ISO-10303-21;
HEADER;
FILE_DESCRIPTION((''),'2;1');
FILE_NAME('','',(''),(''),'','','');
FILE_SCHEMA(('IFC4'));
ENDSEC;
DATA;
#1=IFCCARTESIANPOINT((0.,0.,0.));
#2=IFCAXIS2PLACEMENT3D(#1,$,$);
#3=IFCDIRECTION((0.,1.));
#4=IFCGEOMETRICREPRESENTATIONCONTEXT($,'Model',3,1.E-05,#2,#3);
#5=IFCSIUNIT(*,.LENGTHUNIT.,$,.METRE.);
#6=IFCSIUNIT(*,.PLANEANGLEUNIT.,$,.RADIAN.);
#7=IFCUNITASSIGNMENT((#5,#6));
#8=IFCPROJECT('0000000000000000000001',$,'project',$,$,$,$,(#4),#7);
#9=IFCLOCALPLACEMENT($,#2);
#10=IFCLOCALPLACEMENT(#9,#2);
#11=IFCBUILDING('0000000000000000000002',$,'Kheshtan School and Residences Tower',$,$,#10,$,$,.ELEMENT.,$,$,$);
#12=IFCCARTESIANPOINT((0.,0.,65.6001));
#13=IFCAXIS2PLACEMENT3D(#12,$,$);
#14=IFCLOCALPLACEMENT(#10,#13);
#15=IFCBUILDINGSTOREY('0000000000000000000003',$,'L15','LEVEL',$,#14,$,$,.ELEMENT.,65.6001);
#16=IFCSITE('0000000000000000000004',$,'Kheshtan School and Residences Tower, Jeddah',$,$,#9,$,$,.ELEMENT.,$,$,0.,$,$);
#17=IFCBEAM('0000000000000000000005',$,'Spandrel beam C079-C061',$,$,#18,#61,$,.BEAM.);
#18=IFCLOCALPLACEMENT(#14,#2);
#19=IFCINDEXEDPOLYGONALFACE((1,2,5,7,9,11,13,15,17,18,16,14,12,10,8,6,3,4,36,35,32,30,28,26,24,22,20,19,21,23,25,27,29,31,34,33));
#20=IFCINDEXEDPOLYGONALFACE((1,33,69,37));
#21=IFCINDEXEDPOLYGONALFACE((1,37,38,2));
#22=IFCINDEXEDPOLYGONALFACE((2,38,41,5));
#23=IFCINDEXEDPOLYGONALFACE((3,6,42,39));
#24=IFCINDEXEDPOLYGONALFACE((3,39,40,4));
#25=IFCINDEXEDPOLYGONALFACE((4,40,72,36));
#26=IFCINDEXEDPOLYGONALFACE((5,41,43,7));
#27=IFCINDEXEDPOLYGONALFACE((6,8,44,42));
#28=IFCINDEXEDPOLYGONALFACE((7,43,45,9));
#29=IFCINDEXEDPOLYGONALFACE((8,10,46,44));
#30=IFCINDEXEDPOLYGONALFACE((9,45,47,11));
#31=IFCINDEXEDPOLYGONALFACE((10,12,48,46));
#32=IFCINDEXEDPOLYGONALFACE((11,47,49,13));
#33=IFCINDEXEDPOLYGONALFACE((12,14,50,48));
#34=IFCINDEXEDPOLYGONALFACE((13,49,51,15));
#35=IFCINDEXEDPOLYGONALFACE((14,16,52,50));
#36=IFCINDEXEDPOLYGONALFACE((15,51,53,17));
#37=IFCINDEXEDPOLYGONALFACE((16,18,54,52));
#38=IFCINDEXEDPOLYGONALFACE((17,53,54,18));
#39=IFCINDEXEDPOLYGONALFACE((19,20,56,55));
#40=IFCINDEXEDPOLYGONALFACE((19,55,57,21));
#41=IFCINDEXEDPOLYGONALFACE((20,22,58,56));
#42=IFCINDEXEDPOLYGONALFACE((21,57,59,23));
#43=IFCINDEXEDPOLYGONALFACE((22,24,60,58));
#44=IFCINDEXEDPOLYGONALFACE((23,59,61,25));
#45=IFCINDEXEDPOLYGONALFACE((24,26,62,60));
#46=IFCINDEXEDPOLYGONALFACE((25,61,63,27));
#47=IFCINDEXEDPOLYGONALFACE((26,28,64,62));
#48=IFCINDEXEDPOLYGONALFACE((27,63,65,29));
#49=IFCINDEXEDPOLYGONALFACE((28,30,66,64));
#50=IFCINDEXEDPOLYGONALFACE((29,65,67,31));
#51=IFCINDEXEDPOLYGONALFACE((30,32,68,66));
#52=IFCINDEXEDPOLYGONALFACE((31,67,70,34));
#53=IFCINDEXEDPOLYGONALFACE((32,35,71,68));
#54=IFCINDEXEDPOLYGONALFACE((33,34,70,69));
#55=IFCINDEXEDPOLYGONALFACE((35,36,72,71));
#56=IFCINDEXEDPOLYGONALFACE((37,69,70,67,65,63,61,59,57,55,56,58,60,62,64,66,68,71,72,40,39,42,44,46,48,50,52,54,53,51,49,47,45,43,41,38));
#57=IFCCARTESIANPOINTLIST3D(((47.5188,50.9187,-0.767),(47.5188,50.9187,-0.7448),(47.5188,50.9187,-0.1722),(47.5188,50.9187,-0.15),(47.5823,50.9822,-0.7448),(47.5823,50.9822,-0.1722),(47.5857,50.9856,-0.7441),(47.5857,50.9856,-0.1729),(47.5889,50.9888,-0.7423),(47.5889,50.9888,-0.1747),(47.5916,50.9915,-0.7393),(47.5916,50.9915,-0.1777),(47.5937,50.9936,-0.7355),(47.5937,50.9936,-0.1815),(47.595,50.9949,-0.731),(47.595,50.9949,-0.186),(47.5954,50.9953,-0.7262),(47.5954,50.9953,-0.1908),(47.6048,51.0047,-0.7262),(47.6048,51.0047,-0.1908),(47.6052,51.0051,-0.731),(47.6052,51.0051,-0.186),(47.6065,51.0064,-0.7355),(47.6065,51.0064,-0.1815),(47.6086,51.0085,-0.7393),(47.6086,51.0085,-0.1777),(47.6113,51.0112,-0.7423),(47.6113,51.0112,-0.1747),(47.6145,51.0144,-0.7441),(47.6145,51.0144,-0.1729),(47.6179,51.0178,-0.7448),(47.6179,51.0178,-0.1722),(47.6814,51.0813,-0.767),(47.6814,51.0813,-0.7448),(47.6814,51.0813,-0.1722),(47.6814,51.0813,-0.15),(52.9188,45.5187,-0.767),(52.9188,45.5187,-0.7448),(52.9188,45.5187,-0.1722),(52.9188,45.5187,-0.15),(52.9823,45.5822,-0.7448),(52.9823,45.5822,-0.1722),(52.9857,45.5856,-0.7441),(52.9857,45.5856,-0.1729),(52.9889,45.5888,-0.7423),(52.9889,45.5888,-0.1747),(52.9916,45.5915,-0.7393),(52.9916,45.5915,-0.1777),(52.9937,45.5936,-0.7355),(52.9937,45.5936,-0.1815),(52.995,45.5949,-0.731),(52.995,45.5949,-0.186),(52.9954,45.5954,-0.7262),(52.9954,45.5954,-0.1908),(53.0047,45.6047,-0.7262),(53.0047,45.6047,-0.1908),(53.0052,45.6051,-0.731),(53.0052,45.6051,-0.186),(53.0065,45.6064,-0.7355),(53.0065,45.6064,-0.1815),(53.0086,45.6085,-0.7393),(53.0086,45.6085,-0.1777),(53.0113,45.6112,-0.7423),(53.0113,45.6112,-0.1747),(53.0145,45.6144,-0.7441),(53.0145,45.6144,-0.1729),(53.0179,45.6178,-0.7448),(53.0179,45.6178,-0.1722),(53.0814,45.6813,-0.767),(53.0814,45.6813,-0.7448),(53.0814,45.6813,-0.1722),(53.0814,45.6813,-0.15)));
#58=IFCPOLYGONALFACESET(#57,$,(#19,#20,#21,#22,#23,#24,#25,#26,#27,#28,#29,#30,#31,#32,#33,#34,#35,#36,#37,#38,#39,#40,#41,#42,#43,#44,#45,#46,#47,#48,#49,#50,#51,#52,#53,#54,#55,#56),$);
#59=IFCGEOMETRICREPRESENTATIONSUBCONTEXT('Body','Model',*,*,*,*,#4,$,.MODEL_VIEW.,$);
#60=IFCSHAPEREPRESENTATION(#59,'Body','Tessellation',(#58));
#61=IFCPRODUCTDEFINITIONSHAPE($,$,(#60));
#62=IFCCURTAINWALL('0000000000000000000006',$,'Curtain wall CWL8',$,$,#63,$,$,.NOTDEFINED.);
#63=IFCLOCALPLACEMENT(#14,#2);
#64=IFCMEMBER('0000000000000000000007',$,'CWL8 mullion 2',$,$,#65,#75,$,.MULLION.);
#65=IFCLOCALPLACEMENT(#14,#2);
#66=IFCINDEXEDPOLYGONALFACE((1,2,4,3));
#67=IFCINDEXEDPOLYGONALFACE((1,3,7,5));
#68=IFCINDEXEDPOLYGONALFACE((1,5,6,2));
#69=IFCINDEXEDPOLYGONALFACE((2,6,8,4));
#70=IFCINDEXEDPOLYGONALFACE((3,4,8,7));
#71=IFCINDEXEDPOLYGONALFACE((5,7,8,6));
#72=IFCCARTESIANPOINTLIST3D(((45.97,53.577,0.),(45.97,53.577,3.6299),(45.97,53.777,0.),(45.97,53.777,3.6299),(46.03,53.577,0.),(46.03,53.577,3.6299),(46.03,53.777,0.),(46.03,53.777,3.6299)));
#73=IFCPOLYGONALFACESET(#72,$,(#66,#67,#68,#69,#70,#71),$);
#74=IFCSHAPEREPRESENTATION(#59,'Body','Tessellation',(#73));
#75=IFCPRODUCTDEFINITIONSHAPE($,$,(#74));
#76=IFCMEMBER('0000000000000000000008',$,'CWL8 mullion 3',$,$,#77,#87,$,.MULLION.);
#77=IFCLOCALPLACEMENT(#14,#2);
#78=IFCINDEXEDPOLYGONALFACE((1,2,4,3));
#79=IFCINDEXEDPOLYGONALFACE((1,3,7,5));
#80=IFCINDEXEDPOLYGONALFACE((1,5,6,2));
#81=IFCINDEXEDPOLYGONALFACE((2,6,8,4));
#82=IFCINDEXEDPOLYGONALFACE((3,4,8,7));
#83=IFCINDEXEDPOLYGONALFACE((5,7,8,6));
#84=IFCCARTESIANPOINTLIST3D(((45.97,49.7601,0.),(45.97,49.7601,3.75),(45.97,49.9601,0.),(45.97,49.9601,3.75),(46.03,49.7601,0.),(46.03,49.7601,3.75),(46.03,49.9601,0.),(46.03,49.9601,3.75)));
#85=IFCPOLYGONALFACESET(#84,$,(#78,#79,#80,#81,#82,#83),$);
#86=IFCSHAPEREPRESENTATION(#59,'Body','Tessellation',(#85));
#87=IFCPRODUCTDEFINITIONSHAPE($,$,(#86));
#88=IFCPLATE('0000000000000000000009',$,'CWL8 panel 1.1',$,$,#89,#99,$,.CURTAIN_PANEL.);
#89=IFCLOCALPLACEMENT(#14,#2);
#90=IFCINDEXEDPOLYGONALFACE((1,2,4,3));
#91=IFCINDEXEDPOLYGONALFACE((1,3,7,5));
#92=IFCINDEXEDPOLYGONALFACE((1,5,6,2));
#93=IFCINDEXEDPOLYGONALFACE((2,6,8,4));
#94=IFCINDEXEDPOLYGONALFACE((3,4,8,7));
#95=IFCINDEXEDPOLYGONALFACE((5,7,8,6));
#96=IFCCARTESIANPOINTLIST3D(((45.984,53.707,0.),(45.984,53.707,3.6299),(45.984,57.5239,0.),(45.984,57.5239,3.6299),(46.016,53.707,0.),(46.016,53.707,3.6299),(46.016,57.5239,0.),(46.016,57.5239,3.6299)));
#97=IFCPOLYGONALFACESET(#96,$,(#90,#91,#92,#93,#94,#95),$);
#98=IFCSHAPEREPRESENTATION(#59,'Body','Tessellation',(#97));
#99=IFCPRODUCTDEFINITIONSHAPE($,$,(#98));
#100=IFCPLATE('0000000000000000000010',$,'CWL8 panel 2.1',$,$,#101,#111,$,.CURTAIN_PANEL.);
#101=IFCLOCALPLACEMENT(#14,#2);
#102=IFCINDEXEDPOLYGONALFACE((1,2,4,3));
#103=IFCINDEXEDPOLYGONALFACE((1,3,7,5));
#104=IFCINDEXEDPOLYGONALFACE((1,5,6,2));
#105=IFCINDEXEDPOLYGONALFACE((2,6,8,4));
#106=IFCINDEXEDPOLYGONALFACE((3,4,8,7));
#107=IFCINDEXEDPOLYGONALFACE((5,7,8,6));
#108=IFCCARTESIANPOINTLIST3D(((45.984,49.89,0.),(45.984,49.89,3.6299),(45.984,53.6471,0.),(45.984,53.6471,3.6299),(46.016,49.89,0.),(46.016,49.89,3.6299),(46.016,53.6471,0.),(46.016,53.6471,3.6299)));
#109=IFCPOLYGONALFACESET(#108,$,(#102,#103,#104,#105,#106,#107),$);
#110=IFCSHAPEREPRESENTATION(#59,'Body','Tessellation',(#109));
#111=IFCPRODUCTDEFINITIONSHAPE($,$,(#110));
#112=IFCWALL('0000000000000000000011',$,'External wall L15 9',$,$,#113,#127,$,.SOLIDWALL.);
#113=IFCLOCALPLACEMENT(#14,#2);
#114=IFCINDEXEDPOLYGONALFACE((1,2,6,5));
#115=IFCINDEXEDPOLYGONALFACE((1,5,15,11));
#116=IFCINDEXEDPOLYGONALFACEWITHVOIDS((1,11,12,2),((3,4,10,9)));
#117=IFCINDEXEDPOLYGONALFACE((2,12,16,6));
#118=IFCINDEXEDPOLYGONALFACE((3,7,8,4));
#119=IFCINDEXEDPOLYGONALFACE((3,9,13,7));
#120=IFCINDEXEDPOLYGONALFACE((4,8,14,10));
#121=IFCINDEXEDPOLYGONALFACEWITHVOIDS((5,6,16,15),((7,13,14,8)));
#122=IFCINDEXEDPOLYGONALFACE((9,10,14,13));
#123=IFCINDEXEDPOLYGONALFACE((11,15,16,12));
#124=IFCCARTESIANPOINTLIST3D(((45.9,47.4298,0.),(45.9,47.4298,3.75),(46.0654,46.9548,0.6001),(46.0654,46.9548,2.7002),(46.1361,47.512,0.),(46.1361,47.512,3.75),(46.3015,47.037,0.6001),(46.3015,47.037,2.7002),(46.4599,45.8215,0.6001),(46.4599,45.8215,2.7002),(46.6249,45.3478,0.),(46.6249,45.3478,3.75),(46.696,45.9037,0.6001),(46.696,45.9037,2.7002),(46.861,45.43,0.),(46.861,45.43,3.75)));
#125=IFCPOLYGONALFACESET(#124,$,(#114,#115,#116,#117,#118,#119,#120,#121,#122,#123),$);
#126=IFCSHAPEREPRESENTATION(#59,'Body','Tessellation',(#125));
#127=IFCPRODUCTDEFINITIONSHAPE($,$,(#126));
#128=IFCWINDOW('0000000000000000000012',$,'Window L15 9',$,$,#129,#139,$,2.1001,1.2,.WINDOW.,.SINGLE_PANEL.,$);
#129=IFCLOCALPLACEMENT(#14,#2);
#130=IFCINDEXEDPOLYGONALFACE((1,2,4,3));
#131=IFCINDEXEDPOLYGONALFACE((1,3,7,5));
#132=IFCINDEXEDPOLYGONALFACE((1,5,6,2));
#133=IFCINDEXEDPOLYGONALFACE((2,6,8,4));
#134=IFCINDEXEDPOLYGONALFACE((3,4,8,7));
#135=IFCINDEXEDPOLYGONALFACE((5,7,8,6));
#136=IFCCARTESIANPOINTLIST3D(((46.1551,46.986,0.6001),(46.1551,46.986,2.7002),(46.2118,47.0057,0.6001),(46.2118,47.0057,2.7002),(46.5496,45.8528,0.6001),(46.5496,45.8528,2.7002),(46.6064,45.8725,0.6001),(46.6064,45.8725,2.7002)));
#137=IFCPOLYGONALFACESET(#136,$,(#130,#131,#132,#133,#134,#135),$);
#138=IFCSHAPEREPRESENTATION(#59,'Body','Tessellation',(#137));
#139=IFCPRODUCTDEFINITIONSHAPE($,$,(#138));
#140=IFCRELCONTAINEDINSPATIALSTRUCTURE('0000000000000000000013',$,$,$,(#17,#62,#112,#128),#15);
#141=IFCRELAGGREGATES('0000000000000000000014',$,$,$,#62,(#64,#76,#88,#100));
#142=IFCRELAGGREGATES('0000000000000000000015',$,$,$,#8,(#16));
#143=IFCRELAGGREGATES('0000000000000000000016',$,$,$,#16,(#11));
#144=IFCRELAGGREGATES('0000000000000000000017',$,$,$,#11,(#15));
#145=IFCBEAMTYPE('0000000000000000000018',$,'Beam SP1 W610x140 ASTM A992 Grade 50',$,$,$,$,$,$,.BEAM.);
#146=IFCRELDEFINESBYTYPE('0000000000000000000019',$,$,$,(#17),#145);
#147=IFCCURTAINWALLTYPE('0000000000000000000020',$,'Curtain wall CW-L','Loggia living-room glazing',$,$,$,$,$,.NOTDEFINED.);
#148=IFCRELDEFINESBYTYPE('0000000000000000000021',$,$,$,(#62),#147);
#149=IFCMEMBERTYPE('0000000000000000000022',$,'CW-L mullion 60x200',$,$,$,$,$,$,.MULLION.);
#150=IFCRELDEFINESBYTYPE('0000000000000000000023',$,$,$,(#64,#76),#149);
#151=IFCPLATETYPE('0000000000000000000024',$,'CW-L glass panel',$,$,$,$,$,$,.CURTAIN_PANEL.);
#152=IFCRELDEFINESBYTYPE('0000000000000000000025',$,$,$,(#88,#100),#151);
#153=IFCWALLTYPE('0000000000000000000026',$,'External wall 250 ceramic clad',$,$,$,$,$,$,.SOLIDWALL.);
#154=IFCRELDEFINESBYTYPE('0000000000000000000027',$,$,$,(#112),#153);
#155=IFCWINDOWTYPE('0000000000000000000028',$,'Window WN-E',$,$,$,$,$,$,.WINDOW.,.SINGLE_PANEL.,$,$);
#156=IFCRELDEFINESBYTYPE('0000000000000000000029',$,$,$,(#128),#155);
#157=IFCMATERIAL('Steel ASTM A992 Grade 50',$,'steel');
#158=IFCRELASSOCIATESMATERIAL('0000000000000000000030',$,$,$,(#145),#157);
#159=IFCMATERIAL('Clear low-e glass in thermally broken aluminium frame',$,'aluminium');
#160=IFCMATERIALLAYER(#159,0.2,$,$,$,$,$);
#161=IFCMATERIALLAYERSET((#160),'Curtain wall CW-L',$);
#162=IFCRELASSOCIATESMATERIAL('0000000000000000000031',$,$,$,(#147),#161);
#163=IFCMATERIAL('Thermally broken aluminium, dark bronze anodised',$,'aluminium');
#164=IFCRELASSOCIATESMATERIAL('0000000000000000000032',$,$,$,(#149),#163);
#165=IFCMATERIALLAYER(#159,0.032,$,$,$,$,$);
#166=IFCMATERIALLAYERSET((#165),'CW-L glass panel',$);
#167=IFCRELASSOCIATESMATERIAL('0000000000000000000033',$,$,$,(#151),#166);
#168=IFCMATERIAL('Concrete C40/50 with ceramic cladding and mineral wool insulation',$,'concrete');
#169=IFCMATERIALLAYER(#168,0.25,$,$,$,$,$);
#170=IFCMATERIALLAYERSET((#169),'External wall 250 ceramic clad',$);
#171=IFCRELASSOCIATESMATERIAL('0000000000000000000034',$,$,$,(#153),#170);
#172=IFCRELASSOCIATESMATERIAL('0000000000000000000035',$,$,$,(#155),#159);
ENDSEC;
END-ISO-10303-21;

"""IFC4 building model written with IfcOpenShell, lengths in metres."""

from ifc_helpers import new_model, si_unit, direction, frame, frame_2d, origin, origin_2d, place, context, subcontext, project, spatial, rectangle, i_section, extrude, source, transform, mapped, material, layer, layer_set, material_profile, profile_set, type_object, element, fill, aggregate, save


model = new_model("IFC4")

# Units and contexts
model_context = context("Model", 3, precision=1e-05, world=origin(), true_north=direction((0.0, 1.0)))
body_context = subcontext(model_context, "Body", "Model", "MODEL_VIEW")
ifc_project = project(units=[si_unit("LENGTHUNIT", "METRE"), si_unit("PLANEANGLEUNIT", "RADIAN")], contexts=[model_context])

# Site, building, storey
site_placement = place(None, origin())
site = spatial("IfcSite", under=ifc_project, at=site_placement, Name="Kheshtan School and Residences Tower, Jeddah", CompositionType="ELEMENT", RefElevation=0.0)
building_placement = place(site_placement, origin())
building = spatial("IfcBuilding", under=site, at=building_placement, Name="Kheshtan School and Residences Tower", CompositionType="ELEMENT")
storey_placement = place(building_placement, frame((0.0, 0.0, 65.6001)))
storey = spatial("IfcBuildingStorey", under=building, at=storey_placement, Name="L15", Description="LEVEL", CompositionType="ELEMENT", Elevation=65.6001)

# Shared definitions
ifc_material_1 = material(Name="Steel ASTM A992 Grade 50", Category="steel")

# Beam
ifc_material_profile_1 = material_profile(ifc_material_1, i_section(OverallWidth=0.23, OverallDepth=0.6169, WebThickness=0.0132, FlangeThickness=0.0222, FilletRadius=0.0186, at=origin_2d()), Name="W610x140")
ifc_profile_set_1 = profile_set([ifc_material_profile_1], Name="Steel ASTM A992 Grade 50")
beam_type = type_object("IfcBeamType", Name="Beam SP1 W610x140 ASTM A992 Grade 50", PredefinedType="BEAM", material=ifc_profile_set_1)
beam_placement = place(storey_placement, frame((47.6001, 51.0, -0.4585), z_axis=(0.707107, -0.707107, 0.0), x_axis=(0.707107, 0.707107, 0.0)))
element("IfcBeam", 1, at=beam_placement, inside=storey, type_object=beam_type, Name="Spandrel beam C079-C061", PredefinedType="BEAM", context=body_context, shape_type="SweptSolid", body=[
    extrude(i_section(OverallWidth=0.23, OverallDepth=0.6169, WebThickness=0.0132, FlangeThickness=0.0222, FilletRadius=0.0186, at=origin_2d()), origin(), (0.0, 0.0, 1.0), 7.6367),
])

# Curtain wall, members, plates
ifc_material_2 = material(Name="Clear low-e glass in thermally broken aluminium frame", Category="aluminium")
ifc_layer_1 = layer(ifc_material_2, 0.2)
ifc_layer_set_1 = layer_set([ifc_layer_1], Name="Curtain wall CW-L")
curtain_wall_type = type_object("IfcCurtainWallType", Name="Curtain wall CW-L", Description="Loggia living-room glazing", PredefinedType="NOTDEFINED", material=ifc_layer_set_1)
curtain_wall_placement = place(storey_placement, origin())
curtain_wall = element("IfcCurtainWall", 2, at=curtain_wall_placement, inside=storey, type_object=curtain_wall_type, Name="Curtain wall CWL8", PredefinedType="NOTDEFINED")
ifc_material_3 = material(Name="Thermally broken aluminium, dark bronze anodised", Category="aluminium")
ifc_material_profile_2 = material_profile(ifc_material_3, rectangle(XDim=0.0601, YDim=0.2, at=origin_2d()), Name="CW-L mullion 60x200")
ifc_profile_set_2 = profile_set([ifc_material_profile_2], Name="Thermally broken aluminium, dark bronze anodised")
member_type = type_object("IfcMemberType", Name="CW-L mullion 60x200", PredefinedType="MULLION", material=ifc_profile_set_2)
member_1_placement = place(storey_placement, frame((46.0, 53.677, 0.0), z_axis=(0.0, 0.0, 1.0), x_axis=(1.0, 0.0, 0.0)))
member_1 = element("IfcMember", 3, at=member_1_placement, type_object=member_type, Name="CWL8 mullion 2", PredefinedType="MULLION", context=body_context, shape_type="SweptSolid", body=[
    extrude(rectangle(XDim=0.0601, YDim=0.2, at=origin_2d()), origin(), (0.0, 0.0, 1.0), 3.6299),
])
member_2_placement = place(storey_placement, frame((46.0, 49.8601, 0.0), z_axis=(0.0, 0.0, 1.0), x_axis=(1.0, 0.0, 0.0)))
member_2 = element("IfcMember", 4, at=member_2_placement, type_object=member_type, Name="CWL8 mullion 3", PredefinedType="MULLION", context=body_context, shape_type="SweptSolid", body=[
    extrude(rectangle(XDim=0.0601, YDim=0.2, at=origin_2d()), origin(), (0.0, 0.0, 1.0), 3.75),
])
ifc_layer_2 = layer(ifc_material_2, 0.032)
ifc_layer_set_2 = layer_set([ifc_layer_2], Name="CW-L glass panel")
plate_type = type_object("IfcPlateType", Name="CW-L glass panel", PredefinedType="CURTAIN_PANEL", material=ifc_layer_set_2)
plate_1_placement = place(storey_placement, frame((46.0, 55.6155, 0.0), z_axis=(0.0, 0.0, 1.0), x_axis=(0.0, -1.0, 0.0)))
plate_1 = element("IfcPlate", 5, at=plate_1_placement, type_object=plate_type, Name="CWL8 panel 1.1", PredefinedType="CURTAIN_PANEL", context=body_context, shape_type="SweptSolid", body=[
    extrude(rectangle(XDim=3.8169, YDim=0.032, at=origin_2d()), origin(), (0.0, 0.0, 1.0), 3.6299),
])
plate_2_placement = place(storey_placement, frame((46.0, 51.7686, 0.0), z_axis=(0.0, 0.0, 1.0), x_axis=(0.0, -1.0, 0.0)))
plate_2 = element("IfcPlate", 6, at=plate_2_placement, type_object=plate_type, Name="CWL8 panel 2.1", PredefinedType="CURTAIN_PANEL", context=body_context, shape_type="SweptSolid", body=[
    extrude(rectangle(XDim=3.7571, YDim=0.032, at=origin_2d()), origin(), (0.0, 0.0, 1.0), 3.6299),
])
aggregate(curtain_wall, [member_1, member_2, plate_1, plate_2])

# Wall, opening, window
ifc_material_4 = material(Name="Concrete C40/50 with ceramic cladding and mineral wool insulation", Category="concrete")
ifc_layer_3 = layer(ifc_material_4, 0.25)
ifc_layer_set_3 = layer_set([ifc_layer_3], Name="External wall 250 ceramic clad")
wall_type_1 = type_object("IfcWallType", Name="External wall 250 ceramic clad", PredefinedType="SOLIDWALL", material=ifc_layer_set_3)
wall_1_placement = place(storey_placement, frame((46.0181, 47.4709, 0.0), z_axis=(0.0, 0.0, 1.0), x_axis=(0.328791, -0.944403, 0.0)))
wall_1 = element("IfcWall", 7, at=wall_1_placement, inside=storey, type_object=wall_type_1, Name="External wall L15 9", PredefinedType="SOLIDWALL", context=body_context, shape_type="SweptSolid", body=[
    extrude(rectangle(XDim=2.2046, YDim=0.25, at=frame_2d((1.1023, 0.0))), origin(), (0.0, 0.0, 1.0), 3.75),
])
opening_1_placement = place(wall_1_placement, frame((0.5029, 0.0, 0.6001)))
opening_1 = element("IfcOpeningElement", 8, at=opening_1_placement, cuts=wall_1, PredefinedType="OPENING", context=body_context, shape_type="SweptSolid", body=[
    extrude(rectangle(XDim=1.2, YDim=2.1001, at=frame_2d((0.6001, 1.05))), frame((0.0, 0.135, 0.0), z_axis=(0.0, -1.0, 0.0), x_axis=(1.0, 0.0, 0.0)), (0.0, 0.0, 1.0), 0.27),
])
window_type = type_object("IfcWindowType", Name="Window WN-E", PartitioningType="SINGLE_PANEL", PredefinedType="WINDOW", material=ifc_material_2)
shared_shape_1 = source(origin(), body_context, "Body", "SweptSolid", [
    extrude(rectangle(XDim=1.2, YDim=2.1001, at=frame_2d((0.6001, 1.05))), frame((0.0, 0.03, 0.0), z_axis=(0.0, -1.0, 0.0), x_axis=(1.0, 0.0, 0.0)), (0.0, 0.0, 1.0), 0.0601),
])
window_placement = place(opening_1_placement, origin())
window = element("IfcWindow", 9, at=window_placement, inside=storey, type_object=window_type, Name="Window L15 9", OverallHeight=2.1001, OverallWidth=1.2, PartitioningType="SINGLE_PANEL", PredefinedType="WINDOW", context=body_context, shape_type="MappedRepresentation", body=[
    mapped(shared_shape_1, transform((0.0, 0.0, 0.0), x_axis=(1.0, 0.0, 0.0), y_axis=(0.0, 1.0, 0.0), z_axis=(0.0, 0.0, 1.0), scale=1.0)),
])
fill(opening_1, window)

save(model, "model.ifc")
